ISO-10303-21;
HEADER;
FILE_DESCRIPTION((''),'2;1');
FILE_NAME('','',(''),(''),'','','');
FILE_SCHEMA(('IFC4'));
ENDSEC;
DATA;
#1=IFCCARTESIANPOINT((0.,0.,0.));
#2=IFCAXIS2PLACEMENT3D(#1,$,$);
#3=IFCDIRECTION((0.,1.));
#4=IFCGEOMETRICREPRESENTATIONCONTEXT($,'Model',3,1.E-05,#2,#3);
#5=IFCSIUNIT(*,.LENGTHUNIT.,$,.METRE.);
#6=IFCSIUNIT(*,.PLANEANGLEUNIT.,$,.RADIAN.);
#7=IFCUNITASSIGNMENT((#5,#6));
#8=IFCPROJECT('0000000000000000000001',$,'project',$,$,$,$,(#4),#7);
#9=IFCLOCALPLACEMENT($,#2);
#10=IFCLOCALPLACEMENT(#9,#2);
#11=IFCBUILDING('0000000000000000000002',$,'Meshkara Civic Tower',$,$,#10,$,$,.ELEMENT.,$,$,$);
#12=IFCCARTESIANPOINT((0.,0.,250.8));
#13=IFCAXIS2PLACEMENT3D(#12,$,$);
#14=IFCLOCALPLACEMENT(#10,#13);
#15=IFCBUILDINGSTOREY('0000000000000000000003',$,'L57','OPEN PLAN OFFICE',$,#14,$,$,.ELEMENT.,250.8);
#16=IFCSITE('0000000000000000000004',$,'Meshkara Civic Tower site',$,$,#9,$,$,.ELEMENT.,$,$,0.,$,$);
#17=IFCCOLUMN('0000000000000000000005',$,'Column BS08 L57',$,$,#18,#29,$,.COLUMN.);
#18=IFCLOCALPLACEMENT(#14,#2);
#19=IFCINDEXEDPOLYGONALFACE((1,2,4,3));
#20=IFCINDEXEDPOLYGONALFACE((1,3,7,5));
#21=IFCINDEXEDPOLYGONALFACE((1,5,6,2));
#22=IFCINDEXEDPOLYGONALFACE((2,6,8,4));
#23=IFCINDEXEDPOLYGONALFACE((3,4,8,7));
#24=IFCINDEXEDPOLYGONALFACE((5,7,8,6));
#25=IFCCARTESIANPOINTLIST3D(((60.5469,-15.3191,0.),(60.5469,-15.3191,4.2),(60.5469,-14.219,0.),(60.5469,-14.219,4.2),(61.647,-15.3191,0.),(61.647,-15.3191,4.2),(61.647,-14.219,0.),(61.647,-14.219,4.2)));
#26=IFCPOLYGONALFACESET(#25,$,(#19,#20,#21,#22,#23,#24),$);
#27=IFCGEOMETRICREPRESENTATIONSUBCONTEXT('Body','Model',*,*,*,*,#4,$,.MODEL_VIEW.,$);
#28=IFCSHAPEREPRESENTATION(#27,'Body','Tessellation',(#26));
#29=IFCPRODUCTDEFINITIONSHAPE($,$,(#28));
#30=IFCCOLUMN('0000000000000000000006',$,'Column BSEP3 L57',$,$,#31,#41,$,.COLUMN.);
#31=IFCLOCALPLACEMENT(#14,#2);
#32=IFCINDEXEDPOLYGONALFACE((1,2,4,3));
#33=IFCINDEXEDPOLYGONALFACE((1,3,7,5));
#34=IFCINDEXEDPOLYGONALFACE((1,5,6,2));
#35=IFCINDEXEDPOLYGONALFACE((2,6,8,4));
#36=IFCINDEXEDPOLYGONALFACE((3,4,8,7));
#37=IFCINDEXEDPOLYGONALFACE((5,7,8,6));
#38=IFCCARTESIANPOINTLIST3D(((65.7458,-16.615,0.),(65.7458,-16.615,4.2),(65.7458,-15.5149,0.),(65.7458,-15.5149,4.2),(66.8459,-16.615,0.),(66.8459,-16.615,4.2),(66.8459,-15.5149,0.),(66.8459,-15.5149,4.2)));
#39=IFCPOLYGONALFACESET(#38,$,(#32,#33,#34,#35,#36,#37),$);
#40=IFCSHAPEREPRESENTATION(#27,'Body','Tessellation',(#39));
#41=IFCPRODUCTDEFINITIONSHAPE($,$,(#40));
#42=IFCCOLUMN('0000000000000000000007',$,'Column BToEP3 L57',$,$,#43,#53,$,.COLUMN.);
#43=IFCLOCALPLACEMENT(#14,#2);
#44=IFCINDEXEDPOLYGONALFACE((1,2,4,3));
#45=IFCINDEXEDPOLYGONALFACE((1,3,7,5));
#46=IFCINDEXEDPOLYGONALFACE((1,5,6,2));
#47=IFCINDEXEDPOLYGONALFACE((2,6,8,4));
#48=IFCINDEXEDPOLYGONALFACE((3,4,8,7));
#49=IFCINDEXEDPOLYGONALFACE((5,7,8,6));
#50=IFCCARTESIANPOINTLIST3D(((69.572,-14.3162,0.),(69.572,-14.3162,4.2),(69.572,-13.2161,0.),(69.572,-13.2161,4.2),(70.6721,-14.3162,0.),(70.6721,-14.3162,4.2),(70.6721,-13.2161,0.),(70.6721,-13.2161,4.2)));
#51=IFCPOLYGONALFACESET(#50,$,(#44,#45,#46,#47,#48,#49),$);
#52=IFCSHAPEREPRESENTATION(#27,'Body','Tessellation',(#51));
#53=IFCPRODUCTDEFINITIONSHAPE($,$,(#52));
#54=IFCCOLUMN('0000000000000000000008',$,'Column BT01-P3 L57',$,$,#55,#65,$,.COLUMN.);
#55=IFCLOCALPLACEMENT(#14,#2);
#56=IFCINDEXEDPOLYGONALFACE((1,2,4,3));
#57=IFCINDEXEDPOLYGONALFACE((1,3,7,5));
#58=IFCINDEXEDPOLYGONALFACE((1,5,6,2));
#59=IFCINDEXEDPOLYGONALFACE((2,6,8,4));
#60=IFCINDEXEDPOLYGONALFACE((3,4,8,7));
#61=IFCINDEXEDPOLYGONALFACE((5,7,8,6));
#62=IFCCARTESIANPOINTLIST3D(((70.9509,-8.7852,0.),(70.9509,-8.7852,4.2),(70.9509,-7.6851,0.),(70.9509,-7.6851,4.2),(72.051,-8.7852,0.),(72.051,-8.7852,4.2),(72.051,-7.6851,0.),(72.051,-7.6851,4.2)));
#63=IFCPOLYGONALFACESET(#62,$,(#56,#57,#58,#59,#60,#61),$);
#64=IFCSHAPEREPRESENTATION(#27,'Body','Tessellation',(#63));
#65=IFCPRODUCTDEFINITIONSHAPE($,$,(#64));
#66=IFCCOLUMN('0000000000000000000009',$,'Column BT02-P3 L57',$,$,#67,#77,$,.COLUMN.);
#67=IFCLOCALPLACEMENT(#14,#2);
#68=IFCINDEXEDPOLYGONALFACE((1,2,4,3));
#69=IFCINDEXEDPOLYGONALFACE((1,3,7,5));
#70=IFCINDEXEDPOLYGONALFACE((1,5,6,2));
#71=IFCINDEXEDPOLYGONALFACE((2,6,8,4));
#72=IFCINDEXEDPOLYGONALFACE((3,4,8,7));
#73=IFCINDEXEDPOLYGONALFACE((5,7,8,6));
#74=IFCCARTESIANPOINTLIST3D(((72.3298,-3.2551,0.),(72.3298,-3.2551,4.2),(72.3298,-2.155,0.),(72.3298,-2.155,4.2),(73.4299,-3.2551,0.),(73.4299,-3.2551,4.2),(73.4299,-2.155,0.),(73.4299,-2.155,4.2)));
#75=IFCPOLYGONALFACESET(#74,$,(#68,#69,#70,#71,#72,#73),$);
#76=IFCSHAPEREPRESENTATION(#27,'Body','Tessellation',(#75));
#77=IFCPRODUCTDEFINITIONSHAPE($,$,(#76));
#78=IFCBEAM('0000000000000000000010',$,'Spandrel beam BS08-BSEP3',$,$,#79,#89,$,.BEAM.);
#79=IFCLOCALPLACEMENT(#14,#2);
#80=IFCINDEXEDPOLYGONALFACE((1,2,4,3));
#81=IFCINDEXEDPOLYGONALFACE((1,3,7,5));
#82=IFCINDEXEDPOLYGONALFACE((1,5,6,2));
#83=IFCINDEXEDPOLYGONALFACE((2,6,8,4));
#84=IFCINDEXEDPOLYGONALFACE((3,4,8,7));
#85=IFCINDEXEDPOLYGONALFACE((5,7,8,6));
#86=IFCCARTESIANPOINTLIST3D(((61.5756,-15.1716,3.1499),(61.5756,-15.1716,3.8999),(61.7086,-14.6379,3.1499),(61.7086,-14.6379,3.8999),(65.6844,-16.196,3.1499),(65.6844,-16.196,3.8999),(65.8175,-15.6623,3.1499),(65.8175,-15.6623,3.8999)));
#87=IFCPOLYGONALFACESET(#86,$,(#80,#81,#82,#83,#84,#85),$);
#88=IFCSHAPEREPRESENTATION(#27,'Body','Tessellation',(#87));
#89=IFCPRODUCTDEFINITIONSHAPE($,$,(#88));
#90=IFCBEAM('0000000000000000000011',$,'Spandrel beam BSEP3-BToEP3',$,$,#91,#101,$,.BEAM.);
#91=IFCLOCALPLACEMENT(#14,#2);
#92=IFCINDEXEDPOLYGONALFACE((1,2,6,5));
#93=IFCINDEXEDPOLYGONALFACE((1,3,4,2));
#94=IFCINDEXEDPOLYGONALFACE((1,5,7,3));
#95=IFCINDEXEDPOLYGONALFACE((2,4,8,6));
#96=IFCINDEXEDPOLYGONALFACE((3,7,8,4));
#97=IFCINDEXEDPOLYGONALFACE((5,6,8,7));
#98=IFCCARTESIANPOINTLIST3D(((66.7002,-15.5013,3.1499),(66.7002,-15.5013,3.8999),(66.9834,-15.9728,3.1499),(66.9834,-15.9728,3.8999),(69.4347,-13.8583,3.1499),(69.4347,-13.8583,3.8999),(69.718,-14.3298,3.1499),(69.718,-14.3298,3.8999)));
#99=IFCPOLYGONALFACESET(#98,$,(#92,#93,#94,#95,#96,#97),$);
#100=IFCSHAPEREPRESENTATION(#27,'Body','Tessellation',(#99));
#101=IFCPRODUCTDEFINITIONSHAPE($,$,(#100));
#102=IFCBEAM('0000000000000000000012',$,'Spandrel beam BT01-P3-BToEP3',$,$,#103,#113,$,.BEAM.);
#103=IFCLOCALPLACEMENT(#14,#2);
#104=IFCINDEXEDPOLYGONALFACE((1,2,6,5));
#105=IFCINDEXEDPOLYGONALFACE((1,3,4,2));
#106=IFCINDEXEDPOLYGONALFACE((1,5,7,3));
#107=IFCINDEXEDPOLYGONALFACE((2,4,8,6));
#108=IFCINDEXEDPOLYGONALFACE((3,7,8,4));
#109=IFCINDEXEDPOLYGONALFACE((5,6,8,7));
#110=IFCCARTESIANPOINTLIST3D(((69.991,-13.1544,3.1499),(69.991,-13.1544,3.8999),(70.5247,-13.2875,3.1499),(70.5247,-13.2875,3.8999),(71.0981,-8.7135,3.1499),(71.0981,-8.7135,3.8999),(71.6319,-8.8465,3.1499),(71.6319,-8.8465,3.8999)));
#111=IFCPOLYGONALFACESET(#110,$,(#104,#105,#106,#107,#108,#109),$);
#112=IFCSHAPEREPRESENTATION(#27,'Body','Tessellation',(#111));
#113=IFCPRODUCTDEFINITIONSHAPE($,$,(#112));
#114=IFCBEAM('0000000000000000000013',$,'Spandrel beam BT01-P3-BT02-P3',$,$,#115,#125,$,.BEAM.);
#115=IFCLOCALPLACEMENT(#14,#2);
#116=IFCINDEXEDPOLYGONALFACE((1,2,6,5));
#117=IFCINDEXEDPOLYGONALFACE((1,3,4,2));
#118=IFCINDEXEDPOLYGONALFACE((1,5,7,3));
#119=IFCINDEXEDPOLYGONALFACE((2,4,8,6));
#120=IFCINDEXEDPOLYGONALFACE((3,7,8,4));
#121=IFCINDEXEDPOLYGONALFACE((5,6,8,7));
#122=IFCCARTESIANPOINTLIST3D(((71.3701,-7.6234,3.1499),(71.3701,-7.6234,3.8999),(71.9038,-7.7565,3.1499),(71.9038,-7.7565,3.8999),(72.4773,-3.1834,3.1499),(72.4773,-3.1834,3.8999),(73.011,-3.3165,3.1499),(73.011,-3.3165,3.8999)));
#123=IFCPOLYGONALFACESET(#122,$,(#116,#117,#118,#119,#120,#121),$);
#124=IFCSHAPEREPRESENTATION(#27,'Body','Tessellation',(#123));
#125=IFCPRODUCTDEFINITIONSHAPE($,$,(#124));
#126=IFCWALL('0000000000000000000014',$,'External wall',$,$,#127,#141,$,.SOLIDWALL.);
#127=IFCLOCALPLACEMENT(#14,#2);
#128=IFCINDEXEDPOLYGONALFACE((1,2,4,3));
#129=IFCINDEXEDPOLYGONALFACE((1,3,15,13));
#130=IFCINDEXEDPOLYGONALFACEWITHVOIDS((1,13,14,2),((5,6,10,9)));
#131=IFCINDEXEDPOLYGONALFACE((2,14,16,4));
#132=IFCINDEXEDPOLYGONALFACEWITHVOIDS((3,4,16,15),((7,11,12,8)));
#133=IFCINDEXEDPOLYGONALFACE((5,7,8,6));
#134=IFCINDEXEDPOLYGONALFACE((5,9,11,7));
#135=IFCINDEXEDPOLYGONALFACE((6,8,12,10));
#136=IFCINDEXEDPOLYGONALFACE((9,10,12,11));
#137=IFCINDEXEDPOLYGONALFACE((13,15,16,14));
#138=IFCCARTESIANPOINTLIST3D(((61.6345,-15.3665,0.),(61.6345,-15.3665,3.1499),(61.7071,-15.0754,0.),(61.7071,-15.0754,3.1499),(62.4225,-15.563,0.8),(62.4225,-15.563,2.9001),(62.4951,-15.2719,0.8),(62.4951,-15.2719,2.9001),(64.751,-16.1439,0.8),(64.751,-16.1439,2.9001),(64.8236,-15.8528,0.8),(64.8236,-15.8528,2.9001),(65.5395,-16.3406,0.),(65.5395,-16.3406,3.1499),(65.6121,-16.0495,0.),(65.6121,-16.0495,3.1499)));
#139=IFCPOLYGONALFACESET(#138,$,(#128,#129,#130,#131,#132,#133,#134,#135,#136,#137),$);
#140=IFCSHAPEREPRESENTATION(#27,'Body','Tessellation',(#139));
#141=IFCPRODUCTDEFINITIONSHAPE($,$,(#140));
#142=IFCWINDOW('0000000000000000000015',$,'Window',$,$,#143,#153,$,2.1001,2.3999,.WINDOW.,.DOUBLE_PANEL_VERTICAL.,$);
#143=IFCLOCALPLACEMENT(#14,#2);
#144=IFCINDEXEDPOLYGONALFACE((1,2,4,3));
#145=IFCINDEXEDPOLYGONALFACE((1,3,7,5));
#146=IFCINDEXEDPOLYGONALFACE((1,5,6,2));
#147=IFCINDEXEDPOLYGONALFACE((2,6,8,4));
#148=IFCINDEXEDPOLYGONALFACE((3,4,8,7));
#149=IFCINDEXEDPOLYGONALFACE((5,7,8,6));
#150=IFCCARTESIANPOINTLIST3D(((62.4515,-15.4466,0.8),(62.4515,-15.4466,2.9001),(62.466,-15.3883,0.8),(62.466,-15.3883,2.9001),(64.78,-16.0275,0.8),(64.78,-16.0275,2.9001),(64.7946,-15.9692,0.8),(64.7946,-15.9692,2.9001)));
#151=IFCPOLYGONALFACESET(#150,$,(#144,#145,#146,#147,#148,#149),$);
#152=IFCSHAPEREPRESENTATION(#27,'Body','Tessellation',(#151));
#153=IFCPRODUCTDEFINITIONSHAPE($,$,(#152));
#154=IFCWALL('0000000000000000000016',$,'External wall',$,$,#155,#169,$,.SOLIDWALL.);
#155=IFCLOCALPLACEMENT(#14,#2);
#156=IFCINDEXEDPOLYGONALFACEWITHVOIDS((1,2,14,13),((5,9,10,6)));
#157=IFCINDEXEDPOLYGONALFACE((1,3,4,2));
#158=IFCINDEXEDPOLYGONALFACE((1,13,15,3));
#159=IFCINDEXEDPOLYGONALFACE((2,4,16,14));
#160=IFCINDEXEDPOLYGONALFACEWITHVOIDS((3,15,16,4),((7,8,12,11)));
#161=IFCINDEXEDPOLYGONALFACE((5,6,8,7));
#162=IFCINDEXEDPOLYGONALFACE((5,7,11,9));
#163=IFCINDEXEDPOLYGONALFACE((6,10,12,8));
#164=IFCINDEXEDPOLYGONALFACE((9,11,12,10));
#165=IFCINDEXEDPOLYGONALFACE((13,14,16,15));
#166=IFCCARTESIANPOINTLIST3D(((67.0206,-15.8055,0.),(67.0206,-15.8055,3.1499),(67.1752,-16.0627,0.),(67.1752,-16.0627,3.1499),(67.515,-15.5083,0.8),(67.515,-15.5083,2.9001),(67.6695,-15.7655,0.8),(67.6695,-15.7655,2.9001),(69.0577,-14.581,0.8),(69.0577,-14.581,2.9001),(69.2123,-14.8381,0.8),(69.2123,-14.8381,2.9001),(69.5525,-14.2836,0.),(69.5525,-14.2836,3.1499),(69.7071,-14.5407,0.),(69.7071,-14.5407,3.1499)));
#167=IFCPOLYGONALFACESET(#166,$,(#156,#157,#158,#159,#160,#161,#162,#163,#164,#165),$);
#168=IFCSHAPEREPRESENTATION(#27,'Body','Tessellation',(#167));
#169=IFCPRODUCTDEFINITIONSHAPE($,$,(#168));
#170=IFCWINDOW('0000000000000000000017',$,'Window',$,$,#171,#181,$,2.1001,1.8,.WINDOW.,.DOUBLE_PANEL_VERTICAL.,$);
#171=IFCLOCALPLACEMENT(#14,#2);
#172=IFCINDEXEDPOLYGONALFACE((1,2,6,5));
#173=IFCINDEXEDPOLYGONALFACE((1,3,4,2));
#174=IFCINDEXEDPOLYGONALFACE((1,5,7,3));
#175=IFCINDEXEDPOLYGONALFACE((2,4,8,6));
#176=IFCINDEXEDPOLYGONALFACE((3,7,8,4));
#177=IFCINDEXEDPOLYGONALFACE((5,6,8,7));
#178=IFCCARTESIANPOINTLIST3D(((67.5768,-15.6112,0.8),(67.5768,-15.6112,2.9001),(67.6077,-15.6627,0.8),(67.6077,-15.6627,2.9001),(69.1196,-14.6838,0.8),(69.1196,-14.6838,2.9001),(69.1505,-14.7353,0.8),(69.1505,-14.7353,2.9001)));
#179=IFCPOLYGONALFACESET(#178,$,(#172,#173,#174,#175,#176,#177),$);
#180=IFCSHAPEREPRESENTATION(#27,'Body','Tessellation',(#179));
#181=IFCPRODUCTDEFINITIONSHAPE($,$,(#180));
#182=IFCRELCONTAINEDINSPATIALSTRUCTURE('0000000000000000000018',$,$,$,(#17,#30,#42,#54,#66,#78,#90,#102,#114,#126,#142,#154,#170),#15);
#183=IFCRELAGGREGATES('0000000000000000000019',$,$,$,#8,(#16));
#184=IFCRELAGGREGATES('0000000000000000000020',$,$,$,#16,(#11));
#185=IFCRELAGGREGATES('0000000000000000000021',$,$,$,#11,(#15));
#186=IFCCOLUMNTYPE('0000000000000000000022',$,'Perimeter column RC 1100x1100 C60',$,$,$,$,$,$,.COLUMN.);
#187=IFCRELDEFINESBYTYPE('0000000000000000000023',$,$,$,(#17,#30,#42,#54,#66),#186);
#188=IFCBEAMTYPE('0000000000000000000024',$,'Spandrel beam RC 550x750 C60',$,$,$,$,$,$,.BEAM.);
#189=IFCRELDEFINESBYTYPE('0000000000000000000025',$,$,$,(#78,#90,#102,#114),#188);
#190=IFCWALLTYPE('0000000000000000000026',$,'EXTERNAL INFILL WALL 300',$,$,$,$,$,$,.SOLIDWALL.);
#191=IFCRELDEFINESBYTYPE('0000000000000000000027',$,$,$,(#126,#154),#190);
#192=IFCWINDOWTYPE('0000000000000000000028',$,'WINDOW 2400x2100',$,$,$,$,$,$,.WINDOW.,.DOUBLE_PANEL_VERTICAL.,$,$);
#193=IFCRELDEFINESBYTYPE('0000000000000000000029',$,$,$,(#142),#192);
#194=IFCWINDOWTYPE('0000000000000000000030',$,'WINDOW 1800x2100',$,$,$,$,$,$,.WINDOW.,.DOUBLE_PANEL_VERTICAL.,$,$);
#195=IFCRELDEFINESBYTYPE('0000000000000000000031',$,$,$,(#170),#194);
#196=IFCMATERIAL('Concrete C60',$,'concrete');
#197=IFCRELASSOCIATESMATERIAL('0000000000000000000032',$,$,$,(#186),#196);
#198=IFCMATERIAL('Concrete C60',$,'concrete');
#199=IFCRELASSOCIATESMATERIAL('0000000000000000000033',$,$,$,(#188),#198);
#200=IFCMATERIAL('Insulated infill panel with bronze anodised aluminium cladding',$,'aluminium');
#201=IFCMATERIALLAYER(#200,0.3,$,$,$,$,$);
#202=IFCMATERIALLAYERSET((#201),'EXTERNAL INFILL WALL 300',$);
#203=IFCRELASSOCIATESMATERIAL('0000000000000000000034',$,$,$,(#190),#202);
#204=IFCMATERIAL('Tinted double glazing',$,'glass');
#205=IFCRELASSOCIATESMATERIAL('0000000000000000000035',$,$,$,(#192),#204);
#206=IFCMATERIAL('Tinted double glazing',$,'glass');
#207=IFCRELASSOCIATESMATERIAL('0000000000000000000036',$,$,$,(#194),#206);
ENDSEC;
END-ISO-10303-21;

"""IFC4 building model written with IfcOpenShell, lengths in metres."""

from ifc_helpers import new_model, si_unit, direction, frame, frame_2d, origin, origin_2d, place, context, subcontext, project, spatial, rectangle, extrude, material, layer, layer_set, material_profile, profile_set, type_object, element, fill, save


model = new_model("IFC4")

# Units and contexts
model_context = context("Model", 3, precision=1e-05, world=origin(), true_north=direction((0.0, 1.0)))
body_context = subcontext(model_context, "Body", "Model", "MODEL_VIEW")
ifc_project = project(units=[si_unit("LENGTHUNIT", "METRE"), si_unit("PLANEANGLEUNIT", "RADIAN")], contexts=[model_context])

# Site, building, storey
site_placement = place(None, origin())
site = spatial("IfcSite", under=ifc_project, at=site_placement, Name="Meshkara Civic Tower site", CompositionType="ELEMENT", RefElevation=0.0)
building_placement = place(site_placement, origin())
building = spatial("IfcBuilding", under=site, at=building_placement, Name="Meshkara Civic Tower", CompositionType="ELEMENT")
storey_placement = place(building_placement, frame((0.0, 0.0, 250.8)))
storey = spatial("IfcBuildingStorey", under=building, at=storey_placement, Name="L57", Description="OPEN PLAN OFFICE", CompositionType="ELEMENT", Elevation=250.8)

# Columns
ifc_material_1 = material(Name="Concrete C60", Category="concrete")
ifc_material_profile_1 = material_profile(ifc_material_1, rectangle(XDim=1.1001, YDim=1.1001, at=origin_2d()))
ifc_profile_set_1 = profile_set([ifc_material_profile_1], Name="Concrete C60")
column_type = type_object("IfcColumnType", Name="Perimeter column RC 1100x1100 C60", PredefinedType="COLUMN", material=ifc_profile_set_1)
for number, where, z_axis, x_axis, name in (
    (1, (61.0969, -14.769, 0.0), (0.0, 0.0, 1.0), (1.0, 0.0, 0.0), "Column BS08 L57"),
    (2, (66.2959, -16.0649, 0.0), (0.0, 0.0, 1.0), (1.0, 0.0, 0.0), "Column BSEP3 L57"),
    (3, (70.1221, -13.7661, 0.0), (0.0, 0.0, 1.0), (1.0, 0.0, 0.0), "Column BToEP3 L57"),
    (4, (71.501, -8.2351, 0.0), (0.0, 0.0, 1.0), (1.0, 0.0, 0.0), "Column BT01-P3 L57"),
    (5, (72.8799, -2.7051, 0.0), (0.0, 0.0, 1.0), (1.0, 0.0, 0.0), "Column BT02-P3 L57"),
):
    element("IfcColumn", number, at=place(storey_placement, frame(where, z_axis=z_axis, x_axis=x_axis)), inside=storey, type_object=column_type, Name=name, PredefinedType="COLUMN", context=body_context, shape_type="SweptSolid", body=[
        extrude(rectangle(XDim=1.1001, YDim=1.1001, at=origin_2d()), origin(), (0.0, 0.0, 1.0), 4.2),
    ])

# Beams
ifc_material_2 = material(Name="Concrete C60", Category="concrete")
ifc_material_profile_2 = material_profile(ifc_material_2, rectangle(XDim=0.55, YDim=0.75, at=origin_2d()))
ifc_profile_set_2 = profile_set([ifc_material_profile_2], Name="Concrete C60")
beam_type = type_object("IfcBeamType", Name="Spandrel beam RC 550x750 C60", PredefinedType="BEAM", material=ifc_profile_set_2)
beam_1_placement = place(storey_placement, frame((61.6421, -14.9048, 3.5249), z_axis=(0.970298, -0.241912, 0.0), x_axis=(0.241912, 0.970298, 0.0)))
element("IfcBeam", 6, at=beam_1_placement, inside=storey, type_object=beam_type, Name="Spandrel beam BS08-BSEP3", PredefinedType="BEAM", context=body_context, shape_type="SweptSolid", body=[
    extrude(rectangle(XDim=0.55, YDim=0.75, at=origin_2d()), origin(), (0.0, 0.0, 1.0), 4.2346),
])
beam_2_placement = place(storey_placement, frame((66.8418, -15.7371, 3.5249), z_axis=(0.857175, 0.515025, 0.0), x_axis=(-0.515025, 0.857175, 0.0)))
element("IfcBeam", 7, at=beam_2_placement, inside=storey, type_object=beam_type, Name="Spandrel beam BSEP3-BToEP3", PredefinedType="BEAM", context=body_context, shape_type="SweptSolid", body=[
    extrude(rectangle(XDim=0.55, YDim=0.75, at=origin_2d()), origin(), (0.0, 0.0, 1.0), 3.1902),
])
beam_3_placement = place(storey_placement, frame((70.2578, -13.2209, 3.5249), z_axis=(0.241908, 0.970299, 0.0), x_axis=(-0.970299, 0.241908, 0.0)))
element("IfcBeam", 8, at=beam_3_placement, inside=storey, type_object=beam_type, Name="Spandrel beam BT01-P3-BToEP3", PredefinedType="BEAM", context=body_context, shape_type="SweptSolid", body=[
    extrude(rectangle(XDim=0.55, YDim=0.75, at=origin_2d()), origin(), (0.0, 0.0, 1.0), 4.5769),
])
beam_4_placement = place(storey_placement, frame((71.637, -7.6899, 3.5249), z_axis=(0.241958, 0.970287, 0.0), x_axis=(-0.970287, 0.241958, 0.0)))
element("IfcBeam", 9, at=beam_4_placement, inside=storey, type_object=beam_type, Name="Spandrel beam BT01-P3-BT02-P3", PredefinedType="BEAM", context=body_context, shape_type="SweptSolid", body=[
    extrude(rectangle(XDim=0.55, YDim=0.75, at=origin_2d()), origin(), (0.0, 0.0, 1.0), 4.5759),
])

# Walls, openings, windows
ifc_material_3 = material(Name="Insulated infill panel with bronze anodised aluminium cladding", Category="aluminium")
ifc_layer_1 = layer(ifc_material_3, 0.3)
ifc_layer_set_1 = layer_set([ifc_layer_1], Name="EXTERNAL INFILL WALL 300")
wall_type_1 = type_object("IfcWallType", Name="EXTERNAL INFILL WALL 300", PredefinedType="SOLIDWALL", material=ifc_layer_set_1)
wall_1_placement = place(storey_placement, frame((61.6709, -15.2209, 0.0), z_axis=(0.0, 0.0, 1.0), x_axis=(0.970267, -0.242036, 0.0)))
wall_1 = element("IfcWall", 10, at=wall_1_placement, inside=storey, type_object=wall_type_1, Name="External wall", PredefinedType="SOLIDWALL", context=body_context, shape_type="SweptSolid", body=[
    extrude(rectangle(XDim=4.0247, YDim=0.3, at=frame_2d((2.0122, 0.0))), origin(), (0.0, 0.0, 1.0), 3.1499),
])
opening_1_placement = place(wall_1_placement, frame((0.812, 0.0, 0.8)))
opening_1 = element("IfcOpeningElement", 11, at=opening_1_placement, cuts=wall_1, PredefinedType="OPENING", context=body_context, shape_type="SweptSolid", body=[
    extrude(rectangle(XDim=2.3999, YDim=2.1001, at=frame_2d((1.2, 1.05))), frame((0.0, 0.1599, 0.0), z_axis=(0.0, -1.0, 0.0), x_axis=(1.0, 0.0, 0.0)), (0.0, 0.0, 1.0), 0.3201),
])
ifc_material_4 = material(Name="Tinted double glazing", Category="glass")
window_type_1 = type_object("IfcWindowType", Name="WINDOW 2400x2100", PartitioningType="DOUBLE_PANEL_VERTICAL", PredefinedType="WINDOW", material=ifc_material_4)
window_1_placement = place(opening_1_placement, origin())
window_1 = element("IfcWindow", 12, at=window_1_placement, inside=storey, type_object=window_type_1, Name="Window", OverallHeight=2.1001, OverallWidth=2.3999, PartitioningType="DOUBLE_PANEL_VERTICAL", PredefinedType="WINDOW", context=body_context, shape_type="SweptSolid", body=[
    extrude(rectangle(XDim=2.3999, YDim=2.1001, at=frame_2d((1.2, 1.05))), frame((0.0, 0.03, 0.0), z_axis=(0.0, -1.0, 0.0), x_axis=(1.0, 0.0, 0.0)), (0.0, 0.0, 1.0), 0.0601),
])
fill(opening_1, window_1)
wall_2_placement = place(storey_placement, frame((67.0979, -15.9341, 0.0), z_axis=(0.0, 0.0, 1.0), x_axis=(0.857077, 0.515188, 0.0)))
wall_2 = element("IfcWall", 13, at=wall_2_placement, inside=storey, type_object=wall_type_1, Name="External wall", PredefinedType="SOLIDWALL", context=body_context, shape_type="SweptSolid", body=[
    extrude(rectangle(XDim=2.9541, YDim=0.3, at=frame_2d((1.4771, 0.0))), origin(), (0.0, 0.0, 1.0), 3.1499),
])
opening_2_placement = place(wall_2_placement, frame((0.5769, 0.0, 0.8)))
opening_2 = element("IfcOpeningElement", 14, at=opening_2_placement, cuts=wall_2, PredefinedType="OPENING", context=body_context, shape_type="SweptSolid", body=[
    extrude(rectangle(XDim=1.8, YDim=2.1001, at=frame_2d((0.8999, 1.05))), frame((0.0, 0.1599, 0.0), z_axis=(0.0, -1.0, 0.0), x_axis=(1.0, 0.0, 0.0)), (0.0, 0.0, 1.0), 0.3201),
])
ifc_material_5 = material(Name="Tinted double glazing", Category="glass")
window_type_2 = type_object("IfcWindowType", Name="WINDOW 1800x2100", PartitioningType="DOUBLE_PANEL_VERTICAL", PredefinedType="WINDOW", material=ifc_material_5)
window_2_placement = place(opening_2_placement, origin())
window_2 = element("IfcWindow", 15, at=window_2_placement, inside=storey, type_object=window_type_2, Name="Window", OverallHeight=2.1001, OverallWidth=1.8, PartitioningType="DOUBLE_PANEL_VERTICAL", PredefinedType="WINDOW", context=body_context, shape_type="SweptSolid", body=[
    extrude(rectangle(XDim=1.8, YDim=2.1001, at=frame_2d((0.8999, 1.05))), frame((0.0, 0.03, 0.0), z_axis=(0.0, -1.0, 0.0), x_axis=(1.0, 0.0, 0.0)), (0.0, 0.0, 1.0), 0.0601),
])
fill(opening_2, window_2)

save(model, "model.ifc")
